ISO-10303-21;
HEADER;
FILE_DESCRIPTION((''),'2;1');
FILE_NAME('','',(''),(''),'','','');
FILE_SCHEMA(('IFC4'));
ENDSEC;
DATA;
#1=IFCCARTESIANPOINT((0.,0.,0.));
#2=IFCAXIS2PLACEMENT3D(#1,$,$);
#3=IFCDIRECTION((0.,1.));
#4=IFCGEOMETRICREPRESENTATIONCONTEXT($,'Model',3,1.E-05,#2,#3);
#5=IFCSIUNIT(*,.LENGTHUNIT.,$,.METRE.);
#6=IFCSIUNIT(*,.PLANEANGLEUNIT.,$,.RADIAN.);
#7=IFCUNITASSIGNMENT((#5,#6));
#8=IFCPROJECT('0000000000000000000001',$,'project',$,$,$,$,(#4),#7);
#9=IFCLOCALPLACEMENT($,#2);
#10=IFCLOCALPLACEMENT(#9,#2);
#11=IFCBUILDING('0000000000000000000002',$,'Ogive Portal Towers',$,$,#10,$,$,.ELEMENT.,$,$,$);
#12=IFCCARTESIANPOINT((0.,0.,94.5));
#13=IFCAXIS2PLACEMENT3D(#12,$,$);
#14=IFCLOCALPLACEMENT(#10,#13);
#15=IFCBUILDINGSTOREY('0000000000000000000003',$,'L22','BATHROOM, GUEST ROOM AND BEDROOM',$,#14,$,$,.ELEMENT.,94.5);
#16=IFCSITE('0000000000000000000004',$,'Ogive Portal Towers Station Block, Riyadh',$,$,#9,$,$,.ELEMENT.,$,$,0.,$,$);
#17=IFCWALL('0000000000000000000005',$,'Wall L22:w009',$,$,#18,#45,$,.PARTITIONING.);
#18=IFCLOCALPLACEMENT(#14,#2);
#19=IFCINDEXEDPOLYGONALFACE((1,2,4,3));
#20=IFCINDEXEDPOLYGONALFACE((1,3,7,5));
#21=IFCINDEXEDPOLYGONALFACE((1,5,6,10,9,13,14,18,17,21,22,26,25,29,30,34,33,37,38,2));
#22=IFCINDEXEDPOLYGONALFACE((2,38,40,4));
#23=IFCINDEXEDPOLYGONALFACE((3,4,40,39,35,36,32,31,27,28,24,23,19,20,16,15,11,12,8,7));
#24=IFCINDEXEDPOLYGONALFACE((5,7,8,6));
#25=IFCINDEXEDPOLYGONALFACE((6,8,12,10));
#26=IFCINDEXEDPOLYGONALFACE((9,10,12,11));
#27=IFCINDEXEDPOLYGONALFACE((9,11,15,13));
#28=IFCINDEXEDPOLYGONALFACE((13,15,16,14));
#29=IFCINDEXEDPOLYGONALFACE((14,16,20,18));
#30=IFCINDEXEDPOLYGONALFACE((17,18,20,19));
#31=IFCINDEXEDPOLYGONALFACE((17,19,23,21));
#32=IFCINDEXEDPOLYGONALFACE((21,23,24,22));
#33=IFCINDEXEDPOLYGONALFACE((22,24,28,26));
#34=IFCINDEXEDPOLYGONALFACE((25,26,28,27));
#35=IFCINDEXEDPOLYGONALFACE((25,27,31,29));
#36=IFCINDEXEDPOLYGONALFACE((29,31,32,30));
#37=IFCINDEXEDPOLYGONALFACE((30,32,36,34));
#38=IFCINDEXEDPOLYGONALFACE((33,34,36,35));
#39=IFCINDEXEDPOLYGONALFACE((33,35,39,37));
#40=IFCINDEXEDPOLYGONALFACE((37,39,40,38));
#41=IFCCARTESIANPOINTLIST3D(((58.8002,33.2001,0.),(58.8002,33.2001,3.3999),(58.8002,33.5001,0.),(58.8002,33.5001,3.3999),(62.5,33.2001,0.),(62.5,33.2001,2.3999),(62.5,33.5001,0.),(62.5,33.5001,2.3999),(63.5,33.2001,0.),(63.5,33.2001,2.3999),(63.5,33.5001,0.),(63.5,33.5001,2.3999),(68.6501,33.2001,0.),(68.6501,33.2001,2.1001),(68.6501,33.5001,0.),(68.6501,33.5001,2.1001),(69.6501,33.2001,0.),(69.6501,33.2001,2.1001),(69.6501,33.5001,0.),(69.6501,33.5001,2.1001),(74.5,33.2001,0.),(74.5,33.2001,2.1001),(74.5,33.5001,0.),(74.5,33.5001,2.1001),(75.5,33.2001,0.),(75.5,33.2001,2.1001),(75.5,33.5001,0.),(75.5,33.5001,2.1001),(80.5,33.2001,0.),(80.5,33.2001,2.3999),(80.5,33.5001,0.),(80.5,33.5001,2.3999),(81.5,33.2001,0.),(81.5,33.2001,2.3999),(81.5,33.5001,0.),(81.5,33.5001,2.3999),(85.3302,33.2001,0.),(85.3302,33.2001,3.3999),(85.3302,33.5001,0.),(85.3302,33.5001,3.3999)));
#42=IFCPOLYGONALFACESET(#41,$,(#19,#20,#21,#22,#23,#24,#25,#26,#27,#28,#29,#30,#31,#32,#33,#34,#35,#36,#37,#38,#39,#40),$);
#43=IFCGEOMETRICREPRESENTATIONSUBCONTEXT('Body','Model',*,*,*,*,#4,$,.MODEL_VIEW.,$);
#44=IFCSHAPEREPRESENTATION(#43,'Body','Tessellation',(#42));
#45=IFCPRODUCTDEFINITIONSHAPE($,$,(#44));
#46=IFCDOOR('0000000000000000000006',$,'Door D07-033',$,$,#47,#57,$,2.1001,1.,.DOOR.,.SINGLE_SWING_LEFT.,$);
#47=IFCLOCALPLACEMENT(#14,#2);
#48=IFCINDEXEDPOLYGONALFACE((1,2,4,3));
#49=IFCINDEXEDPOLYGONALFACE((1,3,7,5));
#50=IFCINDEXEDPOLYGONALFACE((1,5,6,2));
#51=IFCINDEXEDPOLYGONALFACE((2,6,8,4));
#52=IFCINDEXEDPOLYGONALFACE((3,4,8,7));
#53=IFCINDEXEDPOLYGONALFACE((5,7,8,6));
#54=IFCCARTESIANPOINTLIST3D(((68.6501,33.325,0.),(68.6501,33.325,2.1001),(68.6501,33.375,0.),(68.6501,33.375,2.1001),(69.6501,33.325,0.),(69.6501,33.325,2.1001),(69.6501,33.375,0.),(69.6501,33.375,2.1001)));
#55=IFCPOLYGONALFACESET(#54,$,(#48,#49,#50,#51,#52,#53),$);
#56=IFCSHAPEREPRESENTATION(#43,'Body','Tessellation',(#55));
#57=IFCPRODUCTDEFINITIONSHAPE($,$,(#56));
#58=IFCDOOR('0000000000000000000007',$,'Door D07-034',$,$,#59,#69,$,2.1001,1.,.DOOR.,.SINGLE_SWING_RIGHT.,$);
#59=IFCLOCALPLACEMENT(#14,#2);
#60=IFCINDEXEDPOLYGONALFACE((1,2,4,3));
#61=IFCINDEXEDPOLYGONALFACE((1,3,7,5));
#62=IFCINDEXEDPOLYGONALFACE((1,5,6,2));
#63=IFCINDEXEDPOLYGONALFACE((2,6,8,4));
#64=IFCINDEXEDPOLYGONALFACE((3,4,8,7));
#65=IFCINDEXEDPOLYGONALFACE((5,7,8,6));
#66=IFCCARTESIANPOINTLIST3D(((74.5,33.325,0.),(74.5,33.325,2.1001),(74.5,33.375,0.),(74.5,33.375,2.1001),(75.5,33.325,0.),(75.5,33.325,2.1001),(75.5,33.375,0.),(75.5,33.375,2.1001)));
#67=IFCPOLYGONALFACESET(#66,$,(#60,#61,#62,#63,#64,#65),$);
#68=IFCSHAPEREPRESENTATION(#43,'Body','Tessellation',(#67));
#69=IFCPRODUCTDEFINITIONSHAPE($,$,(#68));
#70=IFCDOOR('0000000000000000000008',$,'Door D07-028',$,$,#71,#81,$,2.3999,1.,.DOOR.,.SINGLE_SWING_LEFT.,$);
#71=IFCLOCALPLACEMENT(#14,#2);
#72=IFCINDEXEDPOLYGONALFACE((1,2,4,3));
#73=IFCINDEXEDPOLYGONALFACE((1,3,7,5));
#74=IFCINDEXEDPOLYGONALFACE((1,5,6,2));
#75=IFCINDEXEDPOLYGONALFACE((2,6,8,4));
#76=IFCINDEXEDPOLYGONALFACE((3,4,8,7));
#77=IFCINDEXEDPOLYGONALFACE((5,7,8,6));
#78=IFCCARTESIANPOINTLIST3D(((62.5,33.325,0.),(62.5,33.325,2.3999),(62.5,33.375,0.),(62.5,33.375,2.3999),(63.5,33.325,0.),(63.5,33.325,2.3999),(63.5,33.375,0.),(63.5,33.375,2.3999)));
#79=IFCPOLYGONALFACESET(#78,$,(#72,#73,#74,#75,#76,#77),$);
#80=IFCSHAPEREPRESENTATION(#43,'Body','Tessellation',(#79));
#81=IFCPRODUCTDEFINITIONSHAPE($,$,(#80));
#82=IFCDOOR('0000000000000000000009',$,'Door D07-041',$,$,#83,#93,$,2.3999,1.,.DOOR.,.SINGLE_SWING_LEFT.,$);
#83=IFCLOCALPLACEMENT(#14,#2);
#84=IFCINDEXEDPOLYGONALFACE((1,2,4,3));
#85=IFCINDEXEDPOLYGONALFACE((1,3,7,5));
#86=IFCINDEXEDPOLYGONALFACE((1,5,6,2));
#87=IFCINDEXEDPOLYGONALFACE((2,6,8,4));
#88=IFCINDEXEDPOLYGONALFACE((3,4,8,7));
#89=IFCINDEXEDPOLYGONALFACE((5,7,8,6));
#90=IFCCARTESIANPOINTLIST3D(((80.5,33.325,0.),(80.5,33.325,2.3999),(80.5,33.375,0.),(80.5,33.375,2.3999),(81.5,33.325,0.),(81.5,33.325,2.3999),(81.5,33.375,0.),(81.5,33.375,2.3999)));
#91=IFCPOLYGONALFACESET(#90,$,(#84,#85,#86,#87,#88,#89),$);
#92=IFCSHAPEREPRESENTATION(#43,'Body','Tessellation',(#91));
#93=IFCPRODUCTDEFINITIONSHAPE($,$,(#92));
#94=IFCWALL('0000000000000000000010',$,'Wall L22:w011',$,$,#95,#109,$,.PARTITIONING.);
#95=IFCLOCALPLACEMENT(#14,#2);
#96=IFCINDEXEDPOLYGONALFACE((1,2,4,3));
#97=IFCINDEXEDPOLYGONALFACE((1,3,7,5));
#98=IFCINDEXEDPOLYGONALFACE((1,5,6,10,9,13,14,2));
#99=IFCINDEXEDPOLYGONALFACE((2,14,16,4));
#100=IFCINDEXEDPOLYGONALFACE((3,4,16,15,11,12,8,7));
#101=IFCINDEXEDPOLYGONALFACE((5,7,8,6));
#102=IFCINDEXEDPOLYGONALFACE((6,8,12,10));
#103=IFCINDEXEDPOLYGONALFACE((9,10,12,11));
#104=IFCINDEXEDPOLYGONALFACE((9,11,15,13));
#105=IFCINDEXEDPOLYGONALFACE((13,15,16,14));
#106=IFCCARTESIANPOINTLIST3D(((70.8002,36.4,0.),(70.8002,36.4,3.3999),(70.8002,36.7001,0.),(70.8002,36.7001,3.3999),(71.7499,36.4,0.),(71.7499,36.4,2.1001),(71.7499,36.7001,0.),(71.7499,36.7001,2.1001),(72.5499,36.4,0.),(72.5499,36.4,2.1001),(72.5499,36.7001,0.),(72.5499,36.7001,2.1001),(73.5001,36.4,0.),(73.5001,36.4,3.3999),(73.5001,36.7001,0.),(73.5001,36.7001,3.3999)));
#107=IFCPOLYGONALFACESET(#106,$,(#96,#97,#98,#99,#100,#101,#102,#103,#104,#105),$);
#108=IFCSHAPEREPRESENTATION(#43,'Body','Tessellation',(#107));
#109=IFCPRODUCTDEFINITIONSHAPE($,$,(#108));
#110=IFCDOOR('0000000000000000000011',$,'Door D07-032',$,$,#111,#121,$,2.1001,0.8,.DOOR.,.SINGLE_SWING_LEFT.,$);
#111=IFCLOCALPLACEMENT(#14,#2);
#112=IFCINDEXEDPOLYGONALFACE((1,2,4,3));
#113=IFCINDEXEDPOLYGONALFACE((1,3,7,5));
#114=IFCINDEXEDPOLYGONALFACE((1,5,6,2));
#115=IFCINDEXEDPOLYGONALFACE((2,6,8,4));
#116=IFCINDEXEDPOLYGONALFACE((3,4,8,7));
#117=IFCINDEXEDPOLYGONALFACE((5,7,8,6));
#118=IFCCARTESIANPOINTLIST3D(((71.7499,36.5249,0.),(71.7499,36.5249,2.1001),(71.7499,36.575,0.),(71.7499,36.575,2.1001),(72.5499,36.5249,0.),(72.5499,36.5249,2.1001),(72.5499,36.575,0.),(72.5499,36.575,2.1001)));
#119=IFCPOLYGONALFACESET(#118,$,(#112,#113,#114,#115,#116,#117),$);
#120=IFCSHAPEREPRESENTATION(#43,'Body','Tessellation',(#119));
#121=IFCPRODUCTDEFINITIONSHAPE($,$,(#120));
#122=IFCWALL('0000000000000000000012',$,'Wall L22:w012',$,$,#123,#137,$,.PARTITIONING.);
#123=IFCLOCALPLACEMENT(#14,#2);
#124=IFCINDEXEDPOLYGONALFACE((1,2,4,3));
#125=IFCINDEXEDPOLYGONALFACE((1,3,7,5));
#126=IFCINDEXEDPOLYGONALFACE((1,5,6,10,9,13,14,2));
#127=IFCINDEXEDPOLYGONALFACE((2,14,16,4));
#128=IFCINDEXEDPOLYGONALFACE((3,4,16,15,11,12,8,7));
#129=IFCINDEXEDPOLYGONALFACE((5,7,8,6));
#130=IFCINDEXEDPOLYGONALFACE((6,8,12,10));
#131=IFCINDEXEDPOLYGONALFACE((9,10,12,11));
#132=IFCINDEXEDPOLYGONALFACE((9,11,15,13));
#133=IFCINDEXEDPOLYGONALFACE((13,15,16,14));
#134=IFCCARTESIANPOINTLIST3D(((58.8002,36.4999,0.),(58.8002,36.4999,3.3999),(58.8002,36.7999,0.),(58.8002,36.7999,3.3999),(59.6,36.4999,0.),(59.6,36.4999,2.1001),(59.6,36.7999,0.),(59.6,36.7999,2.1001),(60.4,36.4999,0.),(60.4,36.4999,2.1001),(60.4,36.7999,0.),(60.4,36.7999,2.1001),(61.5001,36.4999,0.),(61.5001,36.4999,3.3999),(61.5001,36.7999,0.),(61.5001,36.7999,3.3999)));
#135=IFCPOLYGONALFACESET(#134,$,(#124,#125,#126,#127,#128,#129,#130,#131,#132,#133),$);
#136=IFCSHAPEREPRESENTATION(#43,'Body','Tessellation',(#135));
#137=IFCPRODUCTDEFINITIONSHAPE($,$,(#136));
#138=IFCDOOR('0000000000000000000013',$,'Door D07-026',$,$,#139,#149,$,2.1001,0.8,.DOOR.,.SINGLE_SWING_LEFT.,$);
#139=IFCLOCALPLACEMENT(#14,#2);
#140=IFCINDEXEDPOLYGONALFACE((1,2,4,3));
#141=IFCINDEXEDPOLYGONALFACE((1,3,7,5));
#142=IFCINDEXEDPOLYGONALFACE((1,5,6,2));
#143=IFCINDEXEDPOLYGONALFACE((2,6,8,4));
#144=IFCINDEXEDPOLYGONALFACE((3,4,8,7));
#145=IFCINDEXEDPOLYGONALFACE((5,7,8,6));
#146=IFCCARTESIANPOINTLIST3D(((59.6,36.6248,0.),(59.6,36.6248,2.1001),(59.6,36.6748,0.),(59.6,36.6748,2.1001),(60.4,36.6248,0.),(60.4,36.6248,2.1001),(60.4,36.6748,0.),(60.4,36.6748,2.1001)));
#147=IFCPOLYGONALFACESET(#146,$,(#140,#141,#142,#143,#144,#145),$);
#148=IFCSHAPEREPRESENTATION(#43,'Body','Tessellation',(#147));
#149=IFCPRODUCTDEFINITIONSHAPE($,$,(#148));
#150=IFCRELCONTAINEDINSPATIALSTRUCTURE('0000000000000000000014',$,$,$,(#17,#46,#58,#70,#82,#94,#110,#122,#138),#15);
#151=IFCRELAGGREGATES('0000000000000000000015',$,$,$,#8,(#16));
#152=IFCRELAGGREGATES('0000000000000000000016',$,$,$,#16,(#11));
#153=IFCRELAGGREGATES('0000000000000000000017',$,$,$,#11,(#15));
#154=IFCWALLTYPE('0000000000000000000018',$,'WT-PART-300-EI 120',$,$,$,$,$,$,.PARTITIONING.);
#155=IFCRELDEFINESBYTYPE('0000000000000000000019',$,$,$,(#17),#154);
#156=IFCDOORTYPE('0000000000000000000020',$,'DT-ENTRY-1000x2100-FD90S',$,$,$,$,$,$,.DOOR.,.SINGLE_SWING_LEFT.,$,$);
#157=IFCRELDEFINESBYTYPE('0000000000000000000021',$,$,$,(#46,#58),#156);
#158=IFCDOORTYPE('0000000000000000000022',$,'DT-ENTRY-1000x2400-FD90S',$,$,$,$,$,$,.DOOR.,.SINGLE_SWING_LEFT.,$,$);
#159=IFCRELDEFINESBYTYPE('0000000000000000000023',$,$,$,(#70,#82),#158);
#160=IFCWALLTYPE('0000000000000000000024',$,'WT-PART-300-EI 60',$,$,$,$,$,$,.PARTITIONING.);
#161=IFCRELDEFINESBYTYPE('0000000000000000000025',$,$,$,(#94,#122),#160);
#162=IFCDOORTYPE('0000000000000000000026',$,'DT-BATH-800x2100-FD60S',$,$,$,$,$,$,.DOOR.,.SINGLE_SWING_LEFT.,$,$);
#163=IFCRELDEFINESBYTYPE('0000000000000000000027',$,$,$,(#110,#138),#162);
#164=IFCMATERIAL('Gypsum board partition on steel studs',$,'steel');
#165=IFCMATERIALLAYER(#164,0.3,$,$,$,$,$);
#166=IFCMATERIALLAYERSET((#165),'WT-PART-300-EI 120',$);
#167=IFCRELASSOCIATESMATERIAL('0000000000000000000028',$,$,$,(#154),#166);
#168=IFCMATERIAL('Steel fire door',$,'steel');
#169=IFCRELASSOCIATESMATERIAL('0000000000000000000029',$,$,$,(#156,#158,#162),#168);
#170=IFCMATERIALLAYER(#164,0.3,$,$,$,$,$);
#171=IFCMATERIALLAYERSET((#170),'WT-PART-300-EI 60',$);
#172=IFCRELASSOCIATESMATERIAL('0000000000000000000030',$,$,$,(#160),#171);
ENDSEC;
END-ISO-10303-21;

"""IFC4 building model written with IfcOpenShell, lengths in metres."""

from ifc_helpers import new_model, si_unit, direction, frame, frame_2d, origin, place, context, subcontext, project, spatial, rectangle, extrude, material, layer, layer_set, type_object, element, fill, save


model = new_model("IFC4")

# Units and contexts
model_context = context("Model", 3, precision=1e-05, world=origin(), true_north=direction((0.0, 1.0)))
body_context = subcontext(model_context, "Body", "Model", "MODEL_VIEW")
ifc_project = project(units=[si_unit("LENGTHUNIT", "METRE"), si_unit("PLANEANGLEUNIT", "RADIAN")], contexts=[model_context])

# Site, building, storey
site_placement = place(None, origin())
site = spatial("IfcSite", under=ifc_project, at=site_placement, Name="Ogive Portal Towers Station Block, Riyadh", CompositionType="ELEMENT", RefElevation=0.0)
building_placement = place(site_placement, origin())
building = spatial("IfcBuilding", under=site, at=building_placement, Name="Ogive Portal Towers", CompositionType="ELEMENT")
storey_placement = place(building_placement, frame((0.0, 0.0, 94.5)))
storey = spatial("IfcBuildingStorey", under=building, at=storey_placement, Name="L22", Description="BATHROOM, GUEST ROOM AND BEDROOM", CompositionType="ELEMENT", Elevation=94.5)

# Wall, openings, doors
ifc_material_1 = material(Name="Gypsum board partition on steel studs", Category="steel")
ifc_layer_1 = layer(ifc_material_1, 0.3)
ifc_layer_set_1 = layer_set([ifc_layer_1], Name="WT-PART-300-EI 120")
wall_type_1 = type_object("IfcWallType", Name="WT-PART-300-EI 120", PredefinedType="PARTITIONING", material=ifc_layer_set_1)
ifc_material_2 = material(Name="Steel fire door", Category="steel")
door_type_1 = type_object("IfcDoorType", Name="DT-ENTRY-1000x2100-FD90S", OperationType="SINGLE_SWING_LEFT", PredefinedType="DOOR", material=ifc_material_2)
door_type_2 = type_object("IfcDoorType", Name="DT-ENTRY-1000x2400-FD90S", OperationType="SINGLE_SWING_LEFT", PredefinedType="DOOR", material=ifc_material_2)
wall_1_placement = place(storey_placement, frame((58.8, 33.3501, 0.0), z_axis=(0.0, 0.0, 1.0), x_axis=(1.0, 0.0, 0.0)))
wall_1 = element("IfcWall", 1, at=wall_1_placement, inside=storey, type_object=wall_type_1, Name="Wall L22:w009", PredefinedType="PARTITIONING", context=body_context, shape_type="SweptSolid", body=[
    extrude(rectangle(XDim=26.53, YDim=0.3, at=frame_2d((13.2651, 0.0))), origin(), (0.0, 0.0, 1.0), 3.3999),
])
opening_1_placement = place(wall_1_placement, frame((3.7, 0.0, 0.0)))
opening_1 = element("IfcOpeningElement", 2, at=opening_1_placement, cuts=wall_1, PredefinedType="OPENING", context=body_context, shape_type="SweptSolid", body=[
    extrude(rectangle(XDim=1.0, YDim=2.3999, at=frame_2d((0.5, 1.2))), frame((0.0, 0.1602, 0.0), z_axis=(0.0, -1.0, 0.0), x_axis=(1.0, 0.0, 0.0)), (0.0, 0.0, 1.0), 0.3201),
])
opening_2_placement = place(wall_1_placement, frame((9.8501, 0.0, 0.0)))
opening_2 = element("IfcOpeningElement", 3, at=opening_2_placement, cuts=wall_1, PredefinedType="OPENING", context=body_context, shape_type="SweptSolid", body=[
    extrude(rectangle(XDim=1.0, YDim=2.1001, at=frame_2d((0.5, 1.05))), frame((0.0, 0.1602, 0.0), z_axis=(0.0, -1.0, 0.0), x_axis=(1.0, 0.0, 0.0)), (0.0, 0.0, 1.0), 0.3201),
])
opening_3_placement = place(wall_1_placement, frame((15.7, 0.0, 0.0)))
opening_3 = element("IfcOpeningElement", 4, at=opening_3_placement, cuts=wall_1, PredefinedType="OPENING", context=body_context, shape_type="SweptSolid", body=[
    extrude(rectangle(XDim=1.0, YDim=2.1001, at=frame_2d((0.5, 1.05))), frame((0.0, 0.1602, 0.0), z_axis=(0.0, -1.0, 0.0), x_axis=(1.0, 0.0, 0.0)), (0.0, 0.0, 1.0), 0.3201),
])
opening_4_placement = place(wall_1_placement, frame((21.7, 0.0, 0.0)))
opening_4 = element("IfcOpeningElement", 5, at=opening_4_placement, cuts=wall_1, PredefinedType="OPENING", context=body_context, shape_type="SweptSolid", body=[
    extrude(rectangle(XDim=1.0, YDim=2.3999, at=frame_2d((0.5, 1.2))), frame((0.0, 0.1602, 0.0), z_axis=(0.0, -1.0, 0.0), x_axis=(1.0, 0.0, 0.0)), (0.0, 0.0, 1.0), 0.3201),
])
door_1_placement = place(opening_2_placement, origin())
door_1 = element("IfcDoor", 6, at=door_1_placement, inside=storey, type_object=door_type_1, Name="Door D07-033", OperationType="SINGLE_SWING_LEFT", OverallHeight=2.1001, OverallWidth=1.0, PredefinedType="DOOR", context=body_context, shape_type="SweptSolid", body=[
    extrude(rectangle(XDim=1.0, YDim=2.1001, at=frame_2d((0.5, 1.05))), frame((0.0, 0.0249, 0.0), z_axis=(0.0, -1.0, 0.0), x_axis=(1.0, 0.0, 0.0)), (0.0, 0.0, 1.0), 0.05),
])
fill(opening_2, door_1)
door_2_placement = place(opening_3_placement, origin())
door_2 = element("IfcDoor", 7, at=door_2_placement, inside=storey, type_object=door_type_1, Name="Door D07-034", OperationType="SINGLE_SWING_RIGHT", OverallHeight=2.1001, OverallWidth=1.0, PredefinedType="DOOR", context=body_context, shape_type="SweptSolid", body=[
    extrude(rectangle(XDim=1.0, YDim=2.1001, at=frame_2d((0.5, 1.05))), frame((0.0, 0.0249, 0.0), z_axis=(0.0, -1.0, 0.0), x_axis=(1.0, 0.0, 0.0)), (0.0, 0.0, 1.0), 0.05),
])
fill(opening_3, door_2)
door_3_placement = place(opening_1_placement, origin())
door_3 = element("IfcDoor", 8, at=door_3_placement, inside=storey, type_object=door_type_2, Name="Door D07-028", OperationType="SINGLE_SWING_LEFT", OverallHeight=2.3999, OverallWidth=1.0, PredefinedType="DOOR", context=body_context, shape_type="SweptSolid", body=[
    extrude(rectangle(XDim=1.0, YDim=2.3999, at=frame_2d((0.5, 1.2))), frame((0.0, 0.0249, 0.0), z_axis=(0.0, -1.0, 0.0), x_axis=(1.0, 0.0, 0.0)), (0.0, 0.0, 1.0), 0.05),
])
fill(opening_1, door_3)
door_4_placement = place(opening_4_placement, origin())
door_4 = element("IfcDoor", 9, at=door_4_placement, inside=storey, type_object=door_type_2, Name="Door D07-041", OperationType="SINGLE_SWING_LEFT", OverallHeight=2.3999, OverallWidth=1.0, PredefinedType="DOOR", context=body_context, shape_type="SweptSolid", body=[
    extrude(rectangle(XDim=1.0, YDim=2.3999, at=frame_2d((0.5, 1.2))), frame((0.0, 0.0249, 0.0), z_axis=(0.0, -1.0, 0.0), x_axis=(1.0, 0.0, 0.0)), (0.0, 0.0, 1.0), 0.05),
])
fill(opening_4, door_4)

# Walls, openings, doors
ifc_layer_2 = layer(ifc_material_1, 0.3)
ifc_layer_set_2 = layer_set([ifc_layer_2], Name="WT-PART-300-EI 60")
wall_type_2 = type_object("IfcWallType", Name="WT-PART-300-EI 60", PredefinedType="PARTITIONING", material=ifc_layer_set_2)
wall_2_placement = place(storey_placement, frame((70.8, 36.55, 0.0), z_axis=(0.0, 0.0, 1.0), x_axis=(1.0, 0.0, 0.0)))
wall_2 = element("IfcWall", 10, at=wall_2_placement, inside=storey, type_object=wall_type_2, Name="Wall L22:w011", PredefinedType="PARTITIONING", context=body_context, shape_type="SweptSolid", body=[
    extrude(rectangle(XDim=2.7, YDim=0.3, at=frame_2d((1.3501, 0.0))), origin(), (0.0, 0.0, 1.0), 3.3999),
])
opening_5_placement = place(wall_2_placement, frame((0.95, 0.0, 0.0)))
opening_5 = element("IfcOpeningElement", 11, at=opening_5_placement, cuts=wall_2, PredefinedType="OPENING", context=body_context, shape_type="SweptSolid", body=[
    extrude(rectangle(XDim=0.8, YDim=2.1001, at=frame_2d((0.3999, 1.05))), frame((0.0, 0.1602, 0.0), z_axis=(0.0, -1.0, 0.0), x_axis=(1.0, 0.0, 0.0)), (0.0, 0.0, 1.0), 0.3201),
])
door_type_3 = type_object("IfcDoorType", Name="DT-BATH-800x2100-FD60S", OperationType="SINGLE_SWING_LEFT", PredefinedType="DOOR", material=ifc_material_2)
door_5_placement = place(opening_5_placement, origin())
door_5 = element("IfcDoor", 12, at=door_5_placement, inside=storey, type_object=door_type_3, Name="Door D07-032", OperationType="SINGLE_SWING_LEFT", OverallHeight=2.1001, OverallWidth=0.8, PredefinedType="DOOR", context=body_context, shape_type="SweptSolid", body=[
    extrude(rectangle(XDim=0.8, YDim=2.1001, at=frame_2d((0.3999, 1.05))), frame((0.0, 0.0249, 0.0), z_axis=(0.0, -1.0, 0.0), x_axis=(1.0, 0.0, 0.0)), (0.0, 0.0, 1.0), 0.05),
])
fill(opening_5, door_5)
wall_3_placement = place(storey_placement, frame((58.8, 36.6499, 0.0), z_axis=(0.0, 0.0, 1.0), x_axis=(1.0, 0.0, 0.0)))
wall_3 = element("IfcWall", 13, at=wall_3_placement, inside=storey, type_object=wall_type_2, Name="Wall L22:w012", PredefinedType="PARTITIONING", context=body_context, shape_type="SweptSolid", body=[
    extrude(rectangle(XDim=2.7, YDim=0.3, at=frame_2d((1.3501, 0.0))), origin(), (0.0, 0.0, 1.0), 3.3999),
])
opening_6_placement = place(wall_3_placement, frame((0.8, 0.0, 0.0)))
opening_6 = element("IfcOpeningElement", 14, at=opening_6_placement, cuts=wall_3, PredefinedType="OPENING", context=body_context, shape_type="SweptSolid", body=[
    extrude(rectangle(XDim=0.8, YDim=2.1001, at=frame_2d((0.3999, 1.05))), frame((0.0, 0.1602, 0.0), z_axis=(0.0, -1.0, 0.0), x_axis=(1.0, 0.0, 0.0)), (0.0, 0.0, 1.0), 0.3201),
])
door_6_placement = place(opening_6_placement, origin())
door_6 = element("IfcDoor", 15, at=door_6_placement, inside=storey, type_object=door_type_3, Name="Door D07-026", OperationType="SINGLE_SWING_LEFT", OverallHeight=2.1001, OverallWidth=0.8, PredefinedType="DOOR", context=body_context, shape_type="SweptSolid", body=[
    extrude(rectangle(XDim=0.8, YDim=2.1001, at=frame_2d((0.3999, 1.05))), frame((0.0, 0.0249, 0.0), z_axis=(0.0, -1.0, 0.0), x_axis=(1.0, 0.0, 0.0)), (0.0, 0.0, 1.0), 0.05),
])
fill(opening_6, door_6)

save(model, "model.ifc")
